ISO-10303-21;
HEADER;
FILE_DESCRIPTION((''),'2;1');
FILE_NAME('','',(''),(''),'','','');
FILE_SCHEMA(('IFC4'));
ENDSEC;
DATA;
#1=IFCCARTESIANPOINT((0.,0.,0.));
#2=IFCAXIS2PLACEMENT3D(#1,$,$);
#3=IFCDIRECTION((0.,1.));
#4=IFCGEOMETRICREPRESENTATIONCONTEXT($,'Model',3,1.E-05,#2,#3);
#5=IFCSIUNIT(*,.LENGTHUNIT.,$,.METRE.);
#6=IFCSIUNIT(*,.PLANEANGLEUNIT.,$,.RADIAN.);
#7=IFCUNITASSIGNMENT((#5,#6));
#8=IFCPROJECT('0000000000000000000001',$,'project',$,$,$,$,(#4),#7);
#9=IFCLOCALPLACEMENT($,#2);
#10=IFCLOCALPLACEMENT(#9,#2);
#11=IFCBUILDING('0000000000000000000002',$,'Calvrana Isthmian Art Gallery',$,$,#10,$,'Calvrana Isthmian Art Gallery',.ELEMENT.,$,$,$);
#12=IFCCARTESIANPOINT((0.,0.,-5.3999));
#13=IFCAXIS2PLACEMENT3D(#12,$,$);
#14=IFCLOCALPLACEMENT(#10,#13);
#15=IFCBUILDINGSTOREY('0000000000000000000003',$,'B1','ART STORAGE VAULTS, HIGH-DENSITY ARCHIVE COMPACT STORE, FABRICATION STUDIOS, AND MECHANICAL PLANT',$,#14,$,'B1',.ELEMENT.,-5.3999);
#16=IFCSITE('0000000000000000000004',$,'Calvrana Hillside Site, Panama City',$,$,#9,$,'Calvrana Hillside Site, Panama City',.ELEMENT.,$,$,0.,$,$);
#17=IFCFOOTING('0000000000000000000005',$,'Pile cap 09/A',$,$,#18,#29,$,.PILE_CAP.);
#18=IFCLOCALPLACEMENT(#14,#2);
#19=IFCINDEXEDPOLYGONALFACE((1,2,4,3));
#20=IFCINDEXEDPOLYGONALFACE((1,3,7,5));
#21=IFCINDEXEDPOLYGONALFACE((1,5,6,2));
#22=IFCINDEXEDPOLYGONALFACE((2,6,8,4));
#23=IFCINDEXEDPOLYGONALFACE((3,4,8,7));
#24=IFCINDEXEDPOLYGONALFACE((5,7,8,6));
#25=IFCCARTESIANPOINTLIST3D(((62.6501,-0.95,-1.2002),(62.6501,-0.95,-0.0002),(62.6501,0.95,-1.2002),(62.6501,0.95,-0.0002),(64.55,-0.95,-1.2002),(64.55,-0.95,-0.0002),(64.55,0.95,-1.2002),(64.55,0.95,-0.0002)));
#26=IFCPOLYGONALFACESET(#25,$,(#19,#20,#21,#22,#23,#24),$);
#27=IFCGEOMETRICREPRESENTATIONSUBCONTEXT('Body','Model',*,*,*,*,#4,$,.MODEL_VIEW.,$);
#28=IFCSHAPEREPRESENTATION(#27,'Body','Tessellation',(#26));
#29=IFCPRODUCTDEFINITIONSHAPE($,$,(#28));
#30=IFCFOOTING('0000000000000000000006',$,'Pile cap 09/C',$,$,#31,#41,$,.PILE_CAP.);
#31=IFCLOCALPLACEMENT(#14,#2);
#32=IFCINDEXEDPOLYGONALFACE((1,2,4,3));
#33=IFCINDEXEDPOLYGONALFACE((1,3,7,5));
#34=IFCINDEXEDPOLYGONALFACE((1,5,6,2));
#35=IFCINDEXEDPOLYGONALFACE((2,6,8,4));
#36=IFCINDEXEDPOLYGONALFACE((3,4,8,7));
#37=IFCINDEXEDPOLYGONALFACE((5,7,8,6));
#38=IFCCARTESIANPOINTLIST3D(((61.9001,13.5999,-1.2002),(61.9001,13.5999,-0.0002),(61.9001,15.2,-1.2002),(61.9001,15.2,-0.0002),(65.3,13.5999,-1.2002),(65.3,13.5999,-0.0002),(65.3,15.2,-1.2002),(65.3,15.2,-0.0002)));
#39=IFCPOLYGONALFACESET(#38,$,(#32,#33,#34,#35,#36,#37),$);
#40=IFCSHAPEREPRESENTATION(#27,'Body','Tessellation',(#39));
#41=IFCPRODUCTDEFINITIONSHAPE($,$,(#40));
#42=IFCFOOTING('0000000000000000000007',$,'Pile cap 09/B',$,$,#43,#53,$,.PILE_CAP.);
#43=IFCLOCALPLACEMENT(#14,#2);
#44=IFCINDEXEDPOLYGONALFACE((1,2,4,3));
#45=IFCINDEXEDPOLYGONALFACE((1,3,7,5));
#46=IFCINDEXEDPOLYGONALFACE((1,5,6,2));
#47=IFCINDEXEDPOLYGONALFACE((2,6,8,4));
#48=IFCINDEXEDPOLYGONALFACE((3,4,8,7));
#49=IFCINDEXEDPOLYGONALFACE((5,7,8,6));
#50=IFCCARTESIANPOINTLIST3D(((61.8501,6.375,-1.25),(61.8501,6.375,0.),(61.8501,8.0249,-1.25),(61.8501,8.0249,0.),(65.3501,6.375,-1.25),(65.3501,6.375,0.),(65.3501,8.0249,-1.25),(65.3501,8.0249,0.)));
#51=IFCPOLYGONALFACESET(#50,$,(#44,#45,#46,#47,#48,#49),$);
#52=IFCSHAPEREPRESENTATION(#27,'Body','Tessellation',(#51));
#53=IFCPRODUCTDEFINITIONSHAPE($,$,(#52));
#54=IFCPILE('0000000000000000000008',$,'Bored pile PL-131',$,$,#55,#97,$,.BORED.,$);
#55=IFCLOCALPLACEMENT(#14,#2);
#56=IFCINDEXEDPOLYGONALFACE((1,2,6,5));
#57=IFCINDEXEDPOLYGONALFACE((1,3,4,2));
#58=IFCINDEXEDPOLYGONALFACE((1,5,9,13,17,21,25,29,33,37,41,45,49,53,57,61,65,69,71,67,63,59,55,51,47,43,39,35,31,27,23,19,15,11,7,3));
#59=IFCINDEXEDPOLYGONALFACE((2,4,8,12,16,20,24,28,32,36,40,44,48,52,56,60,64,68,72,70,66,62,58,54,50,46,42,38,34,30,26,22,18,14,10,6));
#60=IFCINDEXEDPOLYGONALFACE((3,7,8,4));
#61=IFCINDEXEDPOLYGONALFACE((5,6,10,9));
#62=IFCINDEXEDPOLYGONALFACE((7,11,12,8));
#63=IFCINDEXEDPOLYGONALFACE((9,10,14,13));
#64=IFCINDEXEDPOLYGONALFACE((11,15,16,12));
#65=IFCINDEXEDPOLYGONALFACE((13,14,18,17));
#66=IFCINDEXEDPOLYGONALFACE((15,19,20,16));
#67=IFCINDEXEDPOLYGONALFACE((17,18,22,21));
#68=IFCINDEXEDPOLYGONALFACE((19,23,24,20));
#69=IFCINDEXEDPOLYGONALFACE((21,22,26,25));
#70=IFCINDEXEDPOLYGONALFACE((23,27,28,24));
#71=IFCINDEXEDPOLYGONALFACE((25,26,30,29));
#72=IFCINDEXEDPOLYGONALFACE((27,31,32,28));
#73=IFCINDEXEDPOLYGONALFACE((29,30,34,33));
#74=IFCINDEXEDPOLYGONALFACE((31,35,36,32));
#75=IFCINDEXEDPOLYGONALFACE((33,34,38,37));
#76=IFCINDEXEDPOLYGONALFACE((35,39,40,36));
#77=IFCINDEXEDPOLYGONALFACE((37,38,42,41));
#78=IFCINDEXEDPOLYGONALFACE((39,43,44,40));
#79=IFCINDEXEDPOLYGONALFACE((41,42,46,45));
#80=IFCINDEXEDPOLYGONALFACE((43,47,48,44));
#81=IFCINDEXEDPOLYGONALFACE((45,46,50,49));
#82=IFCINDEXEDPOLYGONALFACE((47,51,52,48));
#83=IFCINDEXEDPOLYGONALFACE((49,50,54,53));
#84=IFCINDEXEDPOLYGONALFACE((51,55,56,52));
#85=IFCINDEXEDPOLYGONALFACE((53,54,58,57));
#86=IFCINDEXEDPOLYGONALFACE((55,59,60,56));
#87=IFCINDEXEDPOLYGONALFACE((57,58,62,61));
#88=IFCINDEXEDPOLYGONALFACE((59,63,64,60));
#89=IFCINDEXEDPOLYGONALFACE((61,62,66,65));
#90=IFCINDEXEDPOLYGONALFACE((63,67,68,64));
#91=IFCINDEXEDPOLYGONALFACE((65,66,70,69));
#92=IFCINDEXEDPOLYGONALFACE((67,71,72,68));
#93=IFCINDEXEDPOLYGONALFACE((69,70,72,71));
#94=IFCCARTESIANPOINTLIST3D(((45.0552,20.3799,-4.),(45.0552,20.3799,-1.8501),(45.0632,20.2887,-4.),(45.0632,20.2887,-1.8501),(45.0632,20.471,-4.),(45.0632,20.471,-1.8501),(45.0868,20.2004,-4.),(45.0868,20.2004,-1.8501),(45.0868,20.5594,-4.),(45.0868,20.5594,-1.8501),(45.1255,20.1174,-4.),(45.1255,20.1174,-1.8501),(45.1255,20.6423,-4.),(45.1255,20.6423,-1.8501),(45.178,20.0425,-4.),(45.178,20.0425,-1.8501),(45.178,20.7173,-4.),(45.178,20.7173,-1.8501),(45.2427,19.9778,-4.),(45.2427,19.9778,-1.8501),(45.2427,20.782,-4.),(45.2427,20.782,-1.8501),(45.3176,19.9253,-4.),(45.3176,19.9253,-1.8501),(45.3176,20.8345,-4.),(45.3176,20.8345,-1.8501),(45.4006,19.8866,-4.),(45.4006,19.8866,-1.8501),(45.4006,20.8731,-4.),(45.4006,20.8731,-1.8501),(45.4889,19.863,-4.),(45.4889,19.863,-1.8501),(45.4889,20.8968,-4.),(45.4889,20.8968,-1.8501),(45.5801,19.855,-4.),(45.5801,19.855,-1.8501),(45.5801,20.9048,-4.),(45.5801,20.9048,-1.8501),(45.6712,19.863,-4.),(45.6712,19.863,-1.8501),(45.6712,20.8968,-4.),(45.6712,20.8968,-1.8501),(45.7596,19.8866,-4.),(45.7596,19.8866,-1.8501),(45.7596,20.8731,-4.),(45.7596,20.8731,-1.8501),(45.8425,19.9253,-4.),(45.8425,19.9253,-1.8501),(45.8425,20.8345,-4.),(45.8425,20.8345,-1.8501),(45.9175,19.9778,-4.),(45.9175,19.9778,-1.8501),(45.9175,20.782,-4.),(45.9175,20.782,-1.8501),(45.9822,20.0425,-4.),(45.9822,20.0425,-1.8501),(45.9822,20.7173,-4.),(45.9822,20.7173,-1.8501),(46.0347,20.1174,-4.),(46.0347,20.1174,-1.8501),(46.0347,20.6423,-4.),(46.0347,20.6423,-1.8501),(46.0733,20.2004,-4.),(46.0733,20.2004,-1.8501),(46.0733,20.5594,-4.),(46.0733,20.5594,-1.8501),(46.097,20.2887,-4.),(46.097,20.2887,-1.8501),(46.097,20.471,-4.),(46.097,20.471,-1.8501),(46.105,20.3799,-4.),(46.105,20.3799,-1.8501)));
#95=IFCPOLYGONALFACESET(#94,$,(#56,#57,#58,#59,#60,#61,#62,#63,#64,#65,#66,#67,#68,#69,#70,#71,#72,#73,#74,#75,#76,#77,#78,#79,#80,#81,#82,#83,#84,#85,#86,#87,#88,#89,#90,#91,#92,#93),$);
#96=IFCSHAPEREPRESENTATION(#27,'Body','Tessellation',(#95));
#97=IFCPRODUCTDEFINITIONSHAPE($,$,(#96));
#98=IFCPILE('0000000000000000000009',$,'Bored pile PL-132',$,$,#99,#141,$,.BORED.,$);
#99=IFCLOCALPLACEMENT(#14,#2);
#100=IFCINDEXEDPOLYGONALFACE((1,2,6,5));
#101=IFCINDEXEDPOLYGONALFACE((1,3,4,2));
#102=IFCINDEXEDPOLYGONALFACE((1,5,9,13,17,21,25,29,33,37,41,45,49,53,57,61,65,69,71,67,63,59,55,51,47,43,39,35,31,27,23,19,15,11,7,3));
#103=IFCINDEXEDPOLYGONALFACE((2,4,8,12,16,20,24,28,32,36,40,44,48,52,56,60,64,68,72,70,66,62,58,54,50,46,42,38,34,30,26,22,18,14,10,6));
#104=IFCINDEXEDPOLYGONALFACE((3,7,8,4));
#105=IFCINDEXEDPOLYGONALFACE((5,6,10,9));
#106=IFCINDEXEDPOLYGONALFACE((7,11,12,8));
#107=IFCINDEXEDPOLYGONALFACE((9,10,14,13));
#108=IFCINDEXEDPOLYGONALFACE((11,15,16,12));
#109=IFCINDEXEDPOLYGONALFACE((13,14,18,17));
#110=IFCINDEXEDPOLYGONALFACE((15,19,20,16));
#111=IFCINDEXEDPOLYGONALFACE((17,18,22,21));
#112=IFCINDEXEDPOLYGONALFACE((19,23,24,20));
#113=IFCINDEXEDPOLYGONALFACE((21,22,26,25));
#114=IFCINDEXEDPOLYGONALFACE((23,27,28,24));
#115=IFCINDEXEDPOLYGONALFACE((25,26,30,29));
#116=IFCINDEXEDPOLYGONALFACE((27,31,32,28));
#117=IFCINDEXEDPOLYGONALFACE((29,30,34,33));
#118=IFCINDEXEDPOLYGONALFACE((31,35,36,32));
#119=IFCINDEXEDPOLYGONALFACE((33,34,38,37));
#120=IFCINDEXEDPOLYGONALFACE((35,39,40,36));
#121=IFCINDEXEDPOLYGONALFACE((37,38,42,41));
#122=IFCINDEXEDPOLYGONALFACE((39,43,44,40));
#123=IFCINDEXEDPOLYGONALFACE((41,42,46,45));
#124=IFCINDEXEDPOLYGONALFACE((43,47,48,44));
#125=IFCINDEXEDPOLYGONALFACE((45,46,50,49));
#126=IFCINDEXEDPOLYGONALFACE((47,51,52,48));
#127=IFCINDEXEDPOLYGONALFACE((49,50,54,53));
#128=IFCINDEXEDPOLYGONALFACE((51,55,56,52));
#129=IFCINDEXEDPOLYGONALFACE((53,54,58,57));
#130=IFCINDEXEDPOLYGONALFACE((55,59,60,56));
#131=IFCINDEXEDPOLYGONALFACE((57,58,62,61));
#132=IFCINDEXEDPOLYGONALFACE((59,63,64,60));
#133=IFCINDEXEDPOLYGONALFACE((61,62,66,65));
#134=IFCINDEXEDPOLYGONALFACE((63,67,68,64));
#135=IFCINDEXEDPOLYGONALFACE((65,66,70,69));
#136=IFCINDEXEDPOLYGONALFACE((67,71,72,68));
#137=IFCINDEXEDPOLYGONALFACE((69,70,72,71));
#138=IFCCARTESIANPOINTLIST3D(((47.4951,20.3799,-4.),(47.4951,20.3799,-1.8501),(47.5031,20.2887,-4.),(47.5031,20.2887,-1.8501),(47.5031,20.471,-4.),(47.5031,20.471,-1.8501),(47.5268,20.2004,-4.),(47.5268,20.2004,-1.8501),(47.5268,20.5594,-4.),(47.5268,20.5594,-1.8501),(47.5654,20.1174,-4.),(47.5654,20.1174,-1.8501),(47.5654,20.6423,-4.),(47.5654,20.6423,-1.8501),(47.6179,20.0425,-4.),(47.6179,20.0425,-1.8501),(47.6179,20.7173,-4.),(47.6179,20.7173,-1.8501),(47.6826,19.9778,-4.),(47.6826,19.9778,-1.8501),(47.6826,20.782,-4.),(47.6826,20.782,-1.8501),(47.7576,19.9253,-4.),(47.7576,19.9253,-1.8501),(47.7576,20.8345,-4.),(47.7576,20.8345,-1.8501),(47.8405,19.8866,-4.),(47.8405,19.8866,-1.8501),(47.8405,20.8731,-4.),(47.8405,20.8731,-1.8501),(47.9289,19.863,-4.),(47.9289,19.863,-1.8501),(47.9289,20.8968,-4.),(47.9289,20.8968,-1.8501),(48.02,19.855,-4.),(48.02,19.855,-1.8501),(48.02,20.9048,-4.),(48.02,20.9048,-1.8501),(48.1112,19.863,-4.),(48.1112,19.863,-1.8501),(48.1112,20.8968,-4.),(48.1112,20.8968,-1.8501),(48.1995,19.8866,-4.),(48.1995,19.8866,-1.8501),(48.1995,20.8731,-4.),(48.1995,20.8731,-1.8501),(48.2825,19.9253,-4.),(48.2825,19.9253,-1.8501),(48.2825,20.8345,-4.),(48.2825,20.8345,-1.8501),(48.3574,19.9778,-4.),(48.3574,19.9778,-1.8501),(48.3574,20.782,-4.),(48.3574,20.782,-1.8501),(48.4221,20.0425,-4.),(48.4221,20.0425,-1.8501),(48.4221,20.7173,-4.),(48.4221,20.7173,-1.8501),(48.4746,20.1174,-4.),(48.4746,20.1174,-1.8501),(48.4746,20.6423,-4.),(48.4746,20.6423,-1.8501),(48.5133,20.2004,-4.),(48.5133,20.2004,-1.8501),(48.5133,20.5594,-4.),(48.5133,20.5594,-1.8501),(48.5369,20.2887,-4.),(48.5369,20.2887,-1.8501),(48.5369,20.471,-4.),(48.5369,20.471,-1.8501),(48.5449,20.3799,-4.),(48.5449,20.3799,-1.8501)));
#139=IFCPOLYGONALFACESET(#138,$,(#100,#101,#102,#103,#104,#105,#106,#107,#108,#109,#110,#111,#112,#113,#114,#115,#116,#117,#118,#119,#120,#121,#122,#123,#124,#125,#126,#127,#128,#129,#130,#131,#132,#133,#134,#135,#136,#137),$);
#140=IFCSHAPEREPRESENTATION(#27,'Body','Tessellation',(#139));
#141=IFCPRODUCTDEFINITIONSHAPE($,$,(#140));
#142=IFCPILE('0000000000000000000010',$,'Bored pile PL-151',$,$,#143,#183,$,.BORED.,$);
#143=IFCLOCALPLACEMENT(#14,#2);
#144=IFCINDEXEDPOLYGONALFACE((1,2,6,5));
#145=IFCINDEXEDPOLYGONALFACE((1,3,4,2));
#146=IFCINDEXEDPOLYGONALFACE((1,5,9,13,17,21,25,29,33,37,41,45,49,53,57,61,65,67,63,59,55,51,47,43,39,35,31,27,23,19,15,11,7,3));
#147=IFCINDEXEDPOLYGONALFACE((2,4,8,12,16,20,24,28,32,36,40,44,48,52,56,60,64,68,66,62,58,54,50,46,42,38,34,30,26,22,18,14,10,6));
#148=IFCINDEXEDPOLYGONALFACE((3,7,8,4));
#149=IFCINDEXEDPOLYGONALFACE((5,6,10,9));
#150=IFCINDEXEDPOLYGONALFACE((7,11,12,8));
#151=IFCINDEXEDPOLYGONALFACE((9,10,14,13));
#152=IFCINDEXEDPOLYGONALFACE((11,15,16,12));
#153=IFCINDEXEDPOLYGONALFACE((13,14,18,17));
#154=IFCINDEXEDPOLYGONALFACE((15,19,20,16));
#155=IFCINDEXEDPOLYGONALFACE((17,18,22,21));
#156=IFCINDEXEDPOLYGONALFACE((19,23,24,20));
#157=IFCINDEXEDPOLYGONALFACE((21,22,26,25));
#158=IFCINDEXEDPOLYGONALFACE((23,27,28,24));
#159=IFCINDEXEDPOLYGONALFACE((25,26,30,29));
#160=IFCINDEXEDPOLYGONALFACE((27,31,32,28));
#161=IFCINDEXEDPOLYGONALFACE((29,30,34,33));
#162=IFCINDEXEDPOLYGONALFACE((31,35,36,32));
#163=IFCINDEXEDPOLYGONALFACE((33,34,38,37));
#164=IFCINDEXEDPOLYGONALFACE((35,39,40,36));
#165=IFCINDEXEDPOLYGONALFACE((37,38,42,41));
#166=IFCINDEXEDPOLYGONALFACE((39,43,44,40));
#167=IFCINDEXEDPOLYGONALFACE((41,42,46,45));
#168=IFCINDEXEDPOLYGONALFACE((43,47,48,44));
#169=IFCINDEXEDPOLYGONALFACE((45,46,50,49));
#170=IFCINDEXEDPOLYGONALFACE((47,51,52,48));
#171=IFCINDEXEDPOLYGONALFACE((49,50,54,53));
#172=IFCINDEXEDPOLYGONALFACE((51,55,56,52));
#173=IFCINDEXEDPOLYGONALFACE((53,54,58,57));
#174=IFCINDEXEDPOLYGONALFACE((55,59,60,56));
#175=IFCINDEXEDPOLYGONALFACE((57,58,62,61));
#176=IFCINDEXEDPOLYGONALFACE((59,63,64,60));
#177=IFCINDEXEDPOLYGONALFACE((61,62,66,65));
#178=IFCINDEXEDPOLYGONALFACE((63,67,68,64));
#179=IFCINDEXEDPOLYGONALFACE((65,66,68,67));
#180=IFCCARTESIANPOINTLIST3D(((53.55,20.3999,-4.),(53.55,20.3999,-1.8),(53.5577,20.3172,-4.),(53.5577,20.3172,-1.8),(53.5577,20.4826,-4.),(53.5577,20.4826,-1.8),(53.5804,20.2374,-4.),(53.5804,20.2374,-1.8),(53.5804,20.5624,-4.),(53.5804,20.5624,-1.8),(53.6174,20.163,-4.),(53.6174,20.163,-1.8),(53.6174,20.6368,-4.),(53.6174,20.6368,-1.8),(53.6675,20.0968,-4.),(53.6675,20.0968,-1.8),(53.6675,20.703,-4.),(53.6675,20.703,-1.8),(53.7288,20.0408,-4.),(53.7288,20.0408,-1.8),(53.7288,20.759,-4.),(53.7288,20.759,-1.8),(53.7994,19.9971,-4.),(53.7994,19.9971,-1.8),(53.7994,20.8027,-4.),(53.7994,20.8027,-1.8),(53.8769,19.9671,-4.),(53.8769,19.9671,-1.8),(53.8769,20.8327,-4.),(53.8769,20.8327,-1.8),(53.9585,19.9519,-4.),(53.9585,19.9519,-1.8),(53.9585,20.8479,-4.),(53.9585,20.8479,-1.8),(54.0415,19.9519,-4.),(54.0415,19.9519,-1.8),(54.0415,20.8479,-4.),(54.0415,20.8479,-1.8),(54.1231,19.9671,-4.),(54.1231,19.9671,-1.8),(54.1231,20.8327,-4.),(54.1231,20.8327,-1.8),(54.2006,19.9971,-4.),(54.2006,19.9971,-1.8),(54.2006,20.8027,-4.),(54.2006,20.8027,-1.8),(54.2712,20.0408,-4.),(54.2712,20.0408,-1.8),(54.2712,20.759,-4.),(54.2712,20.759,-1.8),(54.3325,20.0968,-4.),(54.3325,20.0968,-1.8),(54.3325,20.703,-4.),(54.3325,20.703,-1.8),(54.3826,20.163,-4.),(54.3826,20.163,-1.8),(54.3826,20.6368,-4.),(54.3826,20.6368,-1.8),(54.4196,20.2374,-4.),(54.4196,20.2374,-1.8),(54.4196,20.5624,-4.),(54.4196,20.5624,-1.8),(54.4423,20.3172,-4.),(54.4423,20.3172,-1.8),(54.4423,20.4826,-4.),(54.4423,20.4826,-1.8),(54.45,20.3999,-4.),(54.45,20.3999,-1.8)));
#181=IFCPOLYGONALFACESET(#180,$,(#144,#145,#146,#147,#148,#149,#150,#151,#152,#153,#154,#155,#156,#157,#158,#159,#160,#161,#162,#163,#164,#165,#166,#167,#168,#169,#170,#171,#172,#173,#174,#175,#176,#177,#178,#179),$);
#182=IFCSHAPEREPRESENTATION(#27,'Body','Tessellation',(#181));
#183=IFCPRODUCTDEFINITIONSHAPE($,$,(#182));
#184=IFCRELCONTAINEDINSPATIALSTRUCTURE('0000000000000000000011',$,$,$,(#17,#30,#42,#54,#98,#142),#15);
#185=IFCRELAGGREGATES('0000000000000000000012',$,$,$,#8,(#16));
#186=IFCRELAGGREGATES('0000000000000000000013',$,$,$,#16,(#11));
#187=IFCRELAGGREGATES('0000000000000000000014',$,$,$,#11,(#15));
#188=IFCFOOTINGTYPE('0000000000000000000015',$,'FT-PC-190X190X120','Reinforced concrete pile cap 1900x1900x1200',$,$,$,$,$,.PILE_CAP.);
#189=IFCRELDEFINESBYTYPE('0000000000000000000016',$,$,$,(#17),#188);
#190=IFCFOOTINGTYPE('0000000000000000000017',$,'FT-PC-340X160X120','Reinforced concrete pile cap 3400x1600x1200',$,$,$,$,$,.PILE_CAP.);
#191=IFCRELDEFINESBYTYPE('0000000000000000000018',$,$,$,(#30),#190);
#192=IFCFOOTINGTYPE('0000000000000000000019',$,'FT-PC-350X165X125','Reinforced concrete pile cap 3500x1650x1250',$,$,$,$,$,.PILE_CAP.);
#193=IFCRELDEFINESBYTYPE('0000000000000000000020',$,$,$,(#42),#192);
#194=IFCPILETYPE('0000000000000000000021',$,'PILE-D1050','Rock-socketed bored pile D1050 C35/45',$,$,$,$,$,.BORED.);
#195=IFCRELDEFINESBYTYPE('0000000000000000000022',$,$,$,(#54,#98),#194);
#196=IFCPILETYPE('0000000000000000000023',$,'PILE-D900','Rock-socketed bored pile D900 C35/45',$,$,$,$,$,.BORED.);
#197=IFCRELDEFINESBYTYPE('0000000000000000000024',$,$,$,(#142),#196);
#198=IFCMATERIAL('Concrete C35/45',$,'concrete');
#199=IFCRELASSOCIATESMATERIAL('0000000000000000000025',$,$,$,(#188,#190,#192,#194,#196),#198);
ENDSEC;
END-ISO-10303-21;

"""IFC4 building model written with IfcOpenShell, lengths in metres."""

from ifc_helpers import new_model, si_unit, direction, frame, origin, origin_2d, place, context, subcontext, project, spatial, rectangle, circle, extrude, material, material_profile, profile_set, type_object, element, save


model = new_model("IFC4")

# Units and contexts
model_context = context("Model", 3, precision=1e-05, world=origin(), true_north=direction((0.0, 1.0)))
body_context = subcontext(model_context, "Body", "Model", "MODEL_VIEW")
ifc_project = project(units=[si_unit("LENGTHUNIT", "METRE"), si_unit("PLANEANGLEUNIT", "RADIAN")], contexts=[model_context])

# Site, building, storey
site_placement = place(None, origin())
site = spatial("IfcSite", under=ifc_project, at=site_placement, Name="Calvrana Hillside Site, Panama City", LongName="Calvrana Hillside Site, Panama City", CompositionType="ELEMENT", RefElevation=0.0)
building_placement = place(site_placement, origin())
building = spatial("IfcBuilding", under=site, at=building_placement, Name="Calvrana Isthmian Art Gallery", LongName="Calvrana Isthmian Art Gallery", CompositionType="ELEMENT")
storey_placement = place(building_placement, frame((0.0, 0.0, -5.3999)))
storey = spatial("IfcBuildingStorey", under=building, at=storey_placement, Name="B1", Description="ART STORAGE VAULTS, HIGH-DENSITY ARCHIVE COMPACT STORE, FABRICATION STUDIOS, AND MECHANICAL PLANT", LongName="B1", CompositionType="ELEMENT", Elevation=-5.3999)

# Footings
ifc_material_1 = material(Name="Concrete C35/45", Category="concrete")
footing_type_1 = type_object("IfcFootingType", Name="FT-PC-190X190X120", Description="Reinforced concrete pile cap 1900x1900x1200", PredefinedType="PILE_CAP", material=ifc_material_1)
footing_1_placement = place(storey_placement, frame((63.6001, 0.0, -1.2002), z_axis=(0.0, 0.0, 1.0), x_axis=(1.0, 0.0, 0.0)))
element("IfcFooting", 1, at=footing_1_placement, inside=storey, type_object=footing_type_1, Name="Pile cap 09/A", PredefinedType="PILE_CAP", context=body_context, shape_type="SweptSolid", body=[
    extrude(rectangle(XDim=1.8999, YDim=1.8999, at=origin_2d()), origin(), (0.0, 0.0, 1.0), 1.2),
])
footing_type_2 = type_object("IfcFootingType", Name="FT-PC-340X160X120", Description="Reinforced concrete pile cap 3400x1600x1200", PredefinedType="PILE_CAP", material=ifc_material_1)
footing_2_placement = place(storey_placement, frame((63.6001, 14.3999, -1.2002), z_axis=(0.0, 0.0, 1.0), x_axis=(1.0, 0.0, 0.0)))
element("IfcFooting", 2, at=footing_2_placement, inside=storey, type_object=footing_type_2, Name="Pile cap 09/C", PredefinedType="PILE_CAP", context=body_context, shape_type="SweptSolid", body=[
    extrude(rectangle(XDim=3.3999, YDim=1.6001, at=origin_2d()), origin(), (0.0, 0.0, 1.0), 1.2),
])
footing_type_3 = type_object("IfcFootingType", Name="FT-PC-350X165X125", Description="Reinforced concrete pile cap 3500x1650x1250", PredefinedType="PILE_CAP", material=ifc_material_1)
footing_3_placement = place(storey_placement, frame((63.6001, 7.2, -1.25), z_axis=(0.0, 0.0, 1.0), x_axis=(1.0, 0.0, 0.0)))
element("IfcFooting", 3, at=footing_3_placement, inside=storey, type_object=footing_type_3, Name="Pile cap 09/B", PredefinedType="PILE_CAP", context=body_context, shape_type="SweptSolid", body=[
    extrude(rectangle(XDim=3.5, YDim=1.6499, at=origin_2d()), origin(), (0.0, 0.0, 1.0), 1.25),
])

# Piles
ifc_material_profile_1 = material_profile(ifc_material_1, circle(Radius=0.5249, at=origin_2d()), Name="PILE1050D")
ifc_profile_set_1 = profile_set([ifc_material_profile_1], Name="Concrete C35/45")
pile_type_1 = type_object("IfcPileType", Name="PILE-D1050", Description="Rock-socketed bored pile D1050 C35/45", PredefinedType="BORED", material=ifc_profile_set_1)
for number, where, z_axis, x_axis, name in (
    (4, (45.5801, 20.3799, -1.8501), (0.0, 0.0, -1.0), (1.0, 0.0, 0.0), "Bored pile PL-131"),
    (5, (48.02, 20.3799, -1.8501), (0.0, 0.0, -1.0), (1.0, 0.0, 0.0), "Bored pile PL-132"),
):
    element("IfcPile", number, at=place(storey_placement, frame(where, z_axis=z_axis, x_axis=x_axis)), inside=storey, type_object=pile_type_1, Name=name, PredefinedType="BORED", context=body_context, shape_type="SweptSolid", body=[
        extrude(circle(Radius=0.5249, at=origin_2d()), origin(), (0.0, 0.0, 1.0), 2.1499),
    ])
ifc_material_profile_2 = material_profile(ifc_material_1, circle(Radius=0.45, at=origin_2d()), Name="PILE900D")
ifc_profile_set_2 = profile_set([ifc_material_profile_2], Name="Concrete C35/45")
pile_type_2 = type_object("IfcPileType", Name="PILE-D900", Description="Rock-socketed bored pile D900 C35/45", PredefinedType="BORED", material=ifc_profile_set_2)
for number, where, z_axis, x_axis, name in (
    (6, (54.0, 20.3999, -1.8), (0.0, 0.0, -1.0), (1.0, 0.0, 0.0), "Bored pile PL-151"),
):
    element("IfcPile", number, at=place(storey_placement, frame(where, z_axis=z_axis, x_axis=x_axis)), inside=storey, type_object=pile_type_2, Name=name, PredefinedType="BORED", context=body_context, shape_type="SweptSolid", body=[
        extrude(circle(Radius=0.45, at=origin_2d()), origin(), (0.0, 0.0, 1.0), 2.2),
    ])

save(model, "model.ifc")
